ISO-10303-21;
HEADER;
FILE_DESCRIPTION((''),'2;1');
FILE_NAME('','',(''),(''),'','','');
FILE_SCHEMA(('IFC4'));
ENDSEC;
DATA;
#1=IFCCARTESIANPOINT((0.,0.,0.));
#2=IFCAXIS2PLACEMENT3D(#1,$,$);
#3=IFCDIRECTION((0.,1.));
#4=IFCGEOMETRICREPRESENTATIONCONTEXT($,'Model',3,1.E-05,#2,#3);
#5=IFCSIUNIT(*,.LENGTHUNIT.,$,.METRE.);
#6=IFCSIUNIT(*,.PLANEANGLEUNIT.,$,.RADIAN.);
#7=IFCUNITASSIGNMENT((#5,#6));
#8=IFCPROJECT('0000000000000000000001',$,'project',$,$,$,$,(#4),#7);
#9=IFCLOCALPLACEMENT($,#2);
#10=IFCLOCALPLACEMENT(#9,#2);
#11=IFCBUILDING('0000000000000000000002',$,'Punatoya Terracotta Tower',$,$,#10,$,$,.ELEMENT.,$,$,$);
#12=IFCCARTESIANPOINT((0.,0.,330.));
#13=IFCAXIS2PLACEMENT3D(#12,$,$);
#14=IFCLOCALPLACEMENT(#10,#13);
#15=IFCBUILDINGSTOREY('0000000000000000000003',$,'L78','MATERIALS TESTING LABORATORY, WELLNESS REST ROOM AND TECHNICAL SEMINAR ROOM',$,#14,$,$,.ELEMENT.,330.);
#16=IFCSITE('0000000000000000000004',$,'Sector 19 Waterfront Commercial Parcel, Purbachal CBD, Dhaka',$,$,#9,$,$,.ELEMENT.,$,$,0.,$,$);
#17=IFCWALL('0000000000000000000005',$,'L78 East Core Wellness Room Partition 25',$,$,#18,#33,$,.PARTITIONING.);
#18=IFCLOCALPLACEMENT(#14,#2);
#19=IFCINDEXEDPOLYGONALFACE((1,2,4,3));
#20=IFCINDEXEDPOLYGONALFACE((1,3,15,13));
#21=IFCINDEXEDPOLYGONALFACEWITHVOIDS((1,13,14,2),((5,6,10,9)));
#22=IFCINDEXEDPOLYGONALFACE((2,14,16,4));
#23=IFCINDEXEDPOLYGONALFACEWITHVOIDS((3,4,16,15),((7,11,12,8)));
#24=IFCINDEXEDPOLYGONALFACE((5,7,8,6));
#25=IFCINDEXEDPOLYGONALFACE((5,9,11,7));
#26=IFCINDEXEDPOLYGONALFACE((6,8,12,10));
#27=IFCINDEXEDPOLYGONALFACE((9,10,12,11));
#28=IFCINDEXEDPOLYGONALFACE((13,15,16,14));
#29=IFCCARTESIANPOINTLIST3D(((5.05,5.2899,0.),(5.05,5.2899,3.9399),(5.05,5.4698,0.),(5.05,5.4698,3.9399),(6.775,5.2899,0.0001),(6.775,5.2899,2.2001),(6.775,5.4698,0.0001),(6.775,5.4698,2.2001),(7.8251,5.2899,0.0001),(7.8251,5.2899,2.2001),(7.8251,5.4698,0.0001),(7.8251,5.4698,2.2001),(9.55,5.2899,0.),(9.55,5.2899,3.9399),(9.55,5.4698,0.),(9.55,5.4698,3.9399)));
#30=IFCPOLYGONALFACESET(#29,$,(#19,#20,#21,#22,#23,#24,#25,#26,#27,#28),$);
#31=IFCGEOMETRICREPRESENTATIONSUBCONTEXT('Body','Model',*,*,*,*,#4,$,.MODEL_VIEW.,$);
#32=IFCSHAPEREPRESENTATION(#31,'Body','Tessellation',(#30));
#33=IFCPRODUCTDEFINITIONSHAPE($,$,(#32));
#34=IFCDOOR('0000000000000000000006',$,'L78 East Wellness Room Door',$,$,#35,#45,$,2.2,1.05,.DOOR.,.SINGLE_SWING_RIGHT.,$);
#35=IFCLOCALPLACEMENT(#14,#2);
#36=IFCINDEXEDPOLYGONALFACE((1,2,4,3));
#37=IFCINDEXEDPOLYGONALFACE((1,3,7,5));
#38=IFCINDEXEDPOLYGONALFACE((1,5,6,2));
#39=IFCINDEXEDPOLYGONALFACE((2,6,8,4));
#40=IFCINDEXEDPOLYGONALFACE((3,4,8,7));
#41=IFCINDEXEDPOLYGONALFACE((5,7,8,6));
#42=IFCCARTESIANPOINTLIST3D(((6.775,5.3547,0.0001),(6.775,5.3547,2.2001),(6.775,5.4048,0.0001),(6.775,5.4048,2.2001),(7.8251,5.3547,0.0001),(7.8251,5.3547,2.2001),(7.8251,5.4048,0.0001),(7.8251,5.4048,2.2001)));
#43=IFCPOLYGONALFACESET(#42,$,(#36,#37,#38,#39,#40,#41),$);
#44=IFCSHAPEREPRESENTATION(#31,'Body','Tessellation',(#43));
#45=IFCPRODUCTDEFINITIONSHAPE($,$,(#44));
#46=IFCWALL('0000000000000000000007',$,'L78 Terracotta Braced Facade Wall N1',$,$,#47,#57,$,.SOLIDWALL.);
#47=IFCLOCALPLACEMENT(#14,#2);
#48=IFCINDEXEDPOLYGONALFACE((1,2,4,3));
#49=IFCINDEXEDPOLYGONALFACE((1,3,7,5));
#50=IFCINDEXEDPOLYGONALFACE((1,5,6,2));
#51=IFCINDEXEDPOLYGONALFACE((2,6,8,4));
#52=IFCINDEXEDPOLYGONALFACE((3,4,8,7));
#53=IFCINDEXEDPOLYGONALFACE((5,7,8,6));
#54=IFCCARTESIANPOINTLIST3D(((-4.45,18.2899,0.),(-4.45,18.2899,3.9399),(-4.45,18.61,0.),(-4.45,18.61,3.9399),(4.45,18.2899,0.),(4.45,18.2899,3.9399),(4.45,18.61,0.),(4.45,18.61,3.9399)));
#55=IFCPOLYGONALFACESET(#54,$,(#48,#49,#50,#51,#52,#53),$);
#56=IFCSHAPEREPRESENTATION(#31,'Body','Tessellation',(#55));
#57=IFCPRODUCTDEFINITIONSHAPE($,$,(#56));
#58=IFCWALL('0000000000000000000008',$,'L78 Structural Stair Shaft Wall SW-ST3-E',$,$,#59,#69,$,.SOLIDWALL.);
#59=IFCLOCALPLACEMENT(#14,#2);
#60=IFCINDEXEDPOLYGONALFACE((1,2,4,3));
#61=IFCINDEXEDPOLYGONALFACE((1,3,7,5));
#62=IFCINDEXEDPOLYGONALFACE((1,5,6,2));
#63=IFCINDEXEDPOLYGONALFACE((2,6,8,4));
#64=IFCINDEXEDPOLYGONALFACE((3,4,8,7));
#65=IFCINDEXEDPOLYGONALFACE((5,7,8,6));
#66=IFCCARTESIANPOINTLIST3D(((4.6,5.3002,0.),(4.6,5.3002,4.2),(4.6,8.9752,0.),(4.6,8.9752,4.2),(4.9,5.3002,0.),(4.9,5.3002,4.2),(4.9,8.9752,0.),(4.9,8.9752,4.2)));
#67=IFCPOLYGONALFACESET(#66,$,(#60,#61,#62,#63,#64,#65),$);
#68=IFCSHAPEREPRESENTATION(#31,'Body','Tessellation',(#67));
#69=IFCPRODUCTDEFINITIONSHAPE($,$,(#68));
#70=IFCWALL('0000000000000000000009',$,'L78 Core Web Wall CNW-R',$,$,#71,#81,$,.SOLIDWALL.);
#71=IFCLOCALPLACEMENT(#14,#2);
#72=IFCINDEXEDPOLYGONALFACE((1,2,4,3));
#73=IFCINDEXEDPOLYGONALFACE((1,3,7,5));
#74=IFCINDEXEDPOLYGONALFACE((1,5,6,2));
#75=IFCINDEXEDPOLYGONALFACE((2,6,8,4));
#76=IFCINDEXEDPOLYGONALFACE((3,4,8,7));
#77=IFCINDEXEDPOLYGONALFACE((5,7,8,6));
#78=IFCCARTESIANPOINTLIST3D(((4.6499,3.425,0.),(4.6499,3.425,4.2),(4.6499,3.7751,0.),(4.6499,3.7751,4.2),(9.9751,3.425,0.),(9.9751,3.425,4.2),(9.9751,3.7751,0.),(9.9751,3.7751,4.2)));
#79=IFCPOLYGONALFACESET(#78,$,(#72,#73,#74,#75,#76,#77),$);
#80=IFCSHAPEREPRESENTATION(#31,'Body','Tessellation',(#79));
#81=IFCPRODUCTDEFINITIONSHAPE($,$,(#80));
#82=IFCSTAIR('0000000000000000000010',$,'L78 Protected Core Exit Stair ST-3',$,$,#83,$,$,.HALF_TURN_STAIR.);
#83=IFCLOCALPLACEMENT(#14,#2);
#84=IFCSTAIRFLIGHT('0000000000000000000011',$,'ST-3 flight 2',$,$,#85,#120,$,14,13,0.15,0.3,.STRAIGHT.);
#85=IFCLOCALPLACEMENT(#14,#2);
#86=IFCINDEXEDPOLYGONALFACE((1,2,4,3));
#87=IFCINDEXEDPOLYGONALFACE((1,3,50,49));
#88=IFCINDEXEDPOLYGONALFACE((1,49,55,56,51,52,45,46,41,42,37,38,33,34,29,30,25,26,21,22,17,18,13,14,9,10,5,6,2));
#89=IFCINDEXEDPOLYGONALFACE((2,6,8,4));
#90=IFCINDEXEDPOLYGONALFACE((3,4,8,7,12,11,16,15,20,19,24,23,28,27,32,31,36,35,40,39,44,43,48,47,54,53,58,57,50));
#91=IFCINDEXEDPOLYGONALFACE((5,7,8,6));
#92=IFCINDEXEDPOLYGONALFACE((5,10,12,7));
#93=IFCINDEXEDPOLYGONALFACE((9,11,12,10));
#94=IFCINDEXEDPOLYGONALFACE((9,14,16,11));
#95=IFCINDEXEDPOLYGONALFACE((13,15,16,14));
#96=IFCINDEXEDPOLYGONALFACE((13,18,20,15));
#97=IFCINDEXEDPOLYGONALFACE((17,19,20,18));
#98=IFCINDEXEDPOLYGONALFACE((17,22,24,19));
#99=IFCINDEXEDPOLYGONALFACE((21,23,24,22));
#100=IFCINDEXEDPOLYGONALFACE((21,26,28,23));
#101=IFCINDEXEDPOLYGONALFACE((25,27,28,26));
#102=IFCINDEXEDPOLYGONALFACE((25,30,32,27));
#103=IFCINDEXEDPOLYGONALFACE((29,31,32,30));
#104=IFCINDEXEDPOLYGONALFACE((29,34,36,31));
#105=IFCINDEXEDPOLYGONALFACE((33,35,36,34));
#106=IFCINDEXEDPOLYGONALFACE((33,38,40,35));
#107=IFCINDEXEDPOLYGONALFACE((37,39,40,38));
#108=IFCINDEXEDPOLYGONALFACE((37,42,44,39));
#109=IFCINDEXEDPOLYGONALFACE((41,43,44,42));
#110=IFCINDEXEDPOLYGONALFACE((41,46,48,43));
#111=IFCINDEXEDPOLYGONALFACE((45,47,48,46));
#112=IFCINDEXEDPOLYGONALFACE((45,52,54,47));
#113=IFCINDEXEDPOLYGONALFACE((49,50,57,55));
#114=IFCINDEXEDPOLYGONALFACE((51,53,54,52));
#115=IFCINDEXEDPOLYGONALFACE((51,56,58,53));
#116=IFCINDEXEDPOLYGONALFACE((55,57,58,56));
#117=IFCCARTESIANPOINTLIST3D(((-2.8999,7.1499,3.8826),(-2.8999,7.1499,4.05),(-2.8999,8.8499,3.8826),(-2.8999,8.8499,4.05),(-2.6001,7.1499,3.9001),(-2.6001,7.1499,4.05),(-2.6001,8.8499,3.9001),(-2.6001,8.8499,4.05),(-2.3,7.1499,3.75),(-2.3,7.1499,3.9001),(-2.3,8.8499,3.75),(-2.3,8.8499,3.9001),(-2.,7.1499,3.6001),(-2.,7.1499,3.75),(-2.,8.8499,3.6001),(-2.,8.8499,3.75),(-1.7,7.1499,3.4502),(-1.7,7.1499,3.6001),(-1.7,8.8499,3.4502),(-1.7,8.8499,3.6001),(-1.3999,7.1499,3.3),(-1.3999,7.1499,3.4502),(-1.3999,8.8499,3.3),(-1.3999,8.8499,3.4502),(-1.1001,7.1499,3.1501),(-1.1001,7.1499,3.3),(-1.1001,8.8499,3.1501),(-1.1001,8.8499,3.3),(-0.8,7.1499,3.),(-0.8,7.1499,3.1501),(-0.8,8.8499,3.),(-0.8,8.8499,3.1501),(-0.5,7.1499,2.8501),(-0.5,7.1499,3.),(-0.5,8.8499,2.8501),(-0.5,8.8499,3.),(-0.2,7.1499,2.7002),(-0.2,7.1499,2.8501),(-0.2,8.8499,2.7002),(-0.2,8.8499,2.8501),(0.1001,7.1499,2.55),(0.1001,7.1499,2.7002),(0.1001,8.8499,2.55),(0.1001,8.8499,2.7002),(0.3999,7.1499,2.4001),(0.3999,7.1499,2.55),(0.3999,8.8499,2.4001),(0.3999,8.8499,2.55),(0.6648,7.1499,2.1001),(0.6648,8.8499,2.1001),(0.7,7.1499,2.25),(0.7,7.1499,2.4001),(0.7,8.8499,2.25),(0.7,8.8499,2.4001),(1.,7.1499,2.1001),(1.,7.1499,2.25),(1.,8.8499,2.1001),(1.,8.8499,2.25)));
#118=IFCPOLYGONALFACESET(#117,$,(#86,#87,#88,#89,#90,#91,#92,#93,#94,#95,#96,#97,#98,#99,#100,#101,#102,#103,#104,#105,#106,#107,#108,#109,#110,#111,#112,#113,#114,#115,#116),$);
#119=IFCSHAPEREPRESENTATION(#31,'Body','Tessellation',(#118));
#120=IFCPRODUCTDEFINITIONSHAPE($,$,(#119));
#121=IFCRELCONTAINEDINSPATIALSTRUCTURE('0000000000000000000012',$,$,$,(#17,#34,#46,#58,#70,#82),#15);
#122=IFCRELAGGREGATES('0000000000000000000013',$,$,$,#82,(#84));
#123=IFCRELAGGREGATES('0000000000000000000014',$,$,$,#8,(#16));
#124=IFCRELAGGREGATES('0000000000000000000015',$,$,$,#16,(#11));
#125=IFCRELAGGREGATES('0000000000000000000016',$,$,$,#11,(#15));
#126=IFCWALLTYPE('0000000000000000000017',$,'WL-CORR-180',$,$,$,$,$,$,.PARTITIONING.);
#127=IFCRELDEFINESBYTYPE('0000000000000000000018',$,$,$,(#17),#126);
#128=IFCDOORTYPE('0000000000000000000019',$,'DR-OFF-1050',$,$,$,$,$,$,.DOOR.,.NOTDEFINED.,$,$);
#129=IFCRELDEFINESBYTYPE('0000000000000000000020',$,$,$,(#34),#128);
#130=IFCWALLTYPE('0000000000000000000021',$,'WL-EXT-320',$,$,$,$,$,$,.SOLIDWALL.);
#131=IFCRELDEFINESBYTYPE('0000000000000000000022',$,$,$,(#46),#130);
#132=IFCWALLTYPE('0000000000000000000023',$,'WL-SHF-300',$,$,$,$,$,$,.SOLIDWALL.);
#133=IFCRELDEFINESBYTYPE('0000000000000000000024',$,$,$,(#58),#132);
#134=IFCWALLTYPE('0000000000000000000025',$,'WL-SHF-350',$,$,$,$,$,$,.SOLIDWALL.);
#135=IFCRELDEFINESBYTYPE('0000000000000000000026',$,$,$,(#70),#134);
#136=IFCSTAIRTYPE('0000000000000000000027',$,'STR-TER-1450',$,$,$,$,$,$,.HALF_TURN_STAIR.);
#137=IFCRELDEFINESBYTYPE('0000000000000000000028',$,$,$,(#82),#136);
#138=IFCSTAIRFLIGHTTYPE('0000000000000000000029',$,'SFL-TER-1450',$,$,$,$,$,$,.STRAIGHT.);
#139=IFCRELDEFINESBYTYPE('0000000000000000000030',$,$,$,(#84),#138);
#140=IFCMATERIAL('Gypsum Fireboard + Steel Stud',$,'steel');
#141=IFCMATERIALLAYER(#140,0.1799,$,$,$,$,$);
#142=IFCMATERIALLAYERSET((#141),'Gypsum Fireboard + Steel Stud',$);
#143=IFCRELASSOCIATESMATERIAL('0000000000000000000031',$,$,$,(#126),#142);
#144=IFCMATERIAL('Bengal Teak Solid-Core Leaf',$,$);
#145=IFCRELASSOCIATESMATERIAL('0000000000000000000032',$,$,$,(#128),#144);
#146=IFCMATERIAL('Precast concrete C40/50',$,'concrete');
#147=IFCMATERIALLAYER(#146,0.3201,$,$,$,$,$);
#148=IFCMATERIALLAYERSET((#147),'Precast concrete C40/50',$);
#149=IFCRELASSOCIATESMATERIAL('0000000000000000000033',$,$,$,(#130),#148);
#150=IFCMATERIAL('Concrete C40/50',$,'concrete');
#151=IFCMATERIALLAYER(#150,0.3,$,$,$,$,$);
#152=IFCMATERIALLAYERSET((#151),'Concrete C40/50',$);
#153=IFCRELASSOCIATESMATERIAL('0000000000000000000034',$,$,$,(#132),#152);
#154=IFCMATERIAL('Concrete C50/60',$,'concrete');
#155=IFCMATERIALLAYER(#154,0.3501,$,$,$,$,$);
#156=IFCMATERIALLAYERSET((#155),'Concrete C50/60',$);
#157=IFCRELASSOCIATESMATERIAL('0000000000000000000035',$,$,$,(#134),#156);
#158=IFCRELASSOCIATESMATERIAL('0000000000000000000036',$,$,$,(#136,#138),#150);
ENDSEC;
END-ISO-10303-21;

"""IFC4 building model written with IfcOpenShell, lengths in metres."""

from ifc_helpers import new_model, si_unit, direction, frame, frame_2d, origin, place, context, subcontext, project, spatial, polyline, rectangle, outline, extrude, material, layer, layer_set, type_object, element, fill, aggregate, save


model = new_model("IFC4")

# Units and contexts
model_context = context("Model", 3, precision=1e-05, world=origin(), true_north=direction((0.0, 1.0)))
body_context = subcontext(model_context, "Body", "Model", "MODEL_VIEW")
ifc_project = project(units=[si_unit("LENGTHUNIT", "METRE"), si_unit("PLANEANGLEUNIT", "RADIAN")], contexts=[model_context])

# Site, building, storey
site_placement = place(None, origin())
site = spatial("IfcSite", under=ifc_project, at=site_placement, Name="Sector 19 Waterfront Commercial Parcel, Purbachal CBD, Dhaka", CompositionType="ELEMENT", RefElevation=0.0)
building_placement = place(site_placement, origin())
building = spatial("IfcBuilding", under=site, at=building_placement, Name="Punatoya Terracotta Tower", CompositionType="ELEMENT")
storey_placement = place(building_placement, frame((0.0, 0.0, 330.0)))
storey = spatial("IfcBuildingStorey", under=building, at=storey_placement, Name="L78", Description="MATERIALS TESTING LABORATORY, WELLNESS REST ROOM AND TECHNICAL SEMINAR ROOM", CompositionType="ELEMENT", Elevation=330.0)

# Wall, opening, door
ifc_material_1 = material(Name="Gypsum Fireboard + Steel Stud", Category="steel")
ifc_layer_1 = layer(ifc_material_1, 0.1799)
ifc_layer_set_1 = layer_set([ifc_layer_1], Name="Gypsum Fireboard + Steel Stud")
wall_type_1 = type_object("IfcWallType", Name="WL-CORR-180", PredefinedType="PARTITIONING", material=ifc_layer_set_1)
wall_1_placement = place(storey_placement, frame((5.05, 5.3799, 0.0), z_axis=(0.0, 0.0, 1.0), x_axis=(1.0, 0.0, 0.0)))
wall_1 = element("IfcWall", 1, at=wall_1_placement, inside=storey, type_object=wall_type_1, Name="L78 East Core Wellness Room Partition 25", PredefinedType="PARTITIONING", context=body_context, shape_type="SweptSolid", body=[
    extrude(rectangle(XDim=4.5, YDim=0.1799, at=frame_2d((2.25, 0.0))), origin(), (0.0, 0.0, 1.0), 3.9399),
])
opening_placement = place(wall_1_placement, frame((1.7251, 0.0, 0.0)))
opening = element("IfcOpeningElement", 2, at=opening_placement, cuts=wall_1, PredefinedType="OPENING", context=body_context, shape_type="SweptSolid", body=[
    extrude(rectangle(XDim=1.05, YDim=2.2, at=frame_2d((0.5249, 1.1001))), frame((0.0, 0.0999, 0.0), z_axis=(0.0, -1.0, 0.0), x_axis=(1.0, 0.0, 0.0)), (0.0, 0.0, 1.0), 0.2),
])
ifc_material_2 = material(Name="Bengal Teak Solid-Core Leaf")
door_type = type_object("IfcDoorType", Name="DR-OFF-1050", OperationType="NOTDEFINED", PredefinedType="DOOR", material=ifc_material_2)
door_placement = place(opening_placement, origin())
door = element("IfcDoor", 3, at=door_placement, inside=storey, type_object=door_type, Name="L78 East Wellness Room Door", OperationType="SINGLE_SWING_RIGHT", OverallHeight=2.2, OverallWidth=1.05, PredefinedType="DOOR", context=body_context, shape_type="SweptSolid", body=[
    extrude(rectangle(XDim=1.05, YDim=2.2, at=frame_2d((0.5249, 1.1001))), frame((0.0, 0.0249, 0.0), z_axis=(0.0, -1.0, 0.0), x_axis=(1.0, 0.0, 0.0)), (0.0, 0.0, 1.0), 0.05),
])
fill(opening, door)

# Walls
ifc_material_3 = material(Name="Precast concrete C40/50", Category="concrete")
ifc_layer_2 = layer(ifc_material_3, 0.3201)
ifc_layer_set_2 = layer_set([ifc_layer_2], Name="Precast concrete C40/50")
wall_type_2 = type_object("IfcWallType", Name="WL-EXT-320", PredefinedType="SOLIDWALL", material=ifc_layer_set_2)
wall_2_placement = place(storey_placement, frame((4.45, 18.45, 0.0), z_axis=(0.0, 0.0, 1.0), x_axis=(-1.0, 0.0, 0.0)))
element("IfcWall", 4, at=wall_2_placement, inside=storey, type_object=wall_type_2, Name="L78 Terracotta Braced Facade Wall N1", PredefinedType="SOLIDWALL", context=body_context, shape_type="SweptSolid", body=[
    extrude(rectangle(XDim=8.8999, YDim=0.3201, at=frame_2d((4.45, 0.0))), origin(), (0.0, 0.0, 1.0), 3.9399),
])
ifc_material_4 = material(Name="Concrete C40/50", Category="concrete")
ifc_layer_3 = layer(ifc_material_4, 0.3)
ifc_layer_set_3 = layer_set([ifc_layer_3], Name="Concrete C40/50")
wall_type_3 = type_object("IfcWallType", Name="WL-SHF-300", PredefinedType="SOLIDWALL", material=ifc_layer_set_3)
wall_3_placement = place(storey_placement, frame((4.75, 8.9751, 0.0), z_axis=(0.0, 0.0, 1.0), x_axis=(0.0, -1.0, 0.0)))
element("IfcWall", 5, at=wall_3_placement, inside=storey, type_object=wall_type_3, Name="L78 Structural Stair Shaft Wall SW-ST3-E", PredefinedType="SOLIDWALL", context=body_context, shape_type="SweptSolid", body=[
    extrude(rectangle(XDim=3.675, YDim=0.3, at=frame_2d((1.8374, 0.0))), origin(), (0.0, 0.0, 1.0), 4.2),
])
ifc_material_5 = material(Name="Concrete C50/60", Category="concrete")
ifc_layer_4 = layer(ifc_material_5, 0.3501)
ifc_layer_set_4 = layer_set([ifc_layer_4], Name="Concrete C50/60")
wall_type_4 = type_object("IfcWallType", Name="WL-SHF-350", PredefinedType="SOLIDWALL", material=ifc_layer_set_4)
wall_4_placement = place(storey_placement, frame((4.6499, 3.6001, 0.0), z_axis=(0.0, 0.0, 1.0), x_axis=(1.0, 0.0, 0.0)))
element("IfcWall", 6, at=wall_4_placement, inside=storey, type_object=wall_type_4, Name="L78 Core Web Wall CNW-R", PredefinedType="SOLIDWALL", context=body_context, shape_type="SweptSolid", body=[
    extrude(rectangle(XDim=5.3252, YDim=0.3501, at=frame_2d((2.6626, 0.0))), origin(), (0.0, 0.0, 1.0), 4.2),
])

# Stair, stair flight
stair_type = type_object("IfcStairType", Name="STR-TER-1450", PredefinedType="HALF_TURN_STAIR", material=ifc_material_4)
stair_placement = place(storey_placement, origin())
stair = element("IfcStair", 7, at=stair_placement, inside=storey, type_object=stair_type, Name="L78 Protected Core Exit Stair ST-3", PredefinedType="HALF_TURN_STAIR")
stair_flight_type = type_object("IfcStairFlightType", Name="SFL-TER-1450", PredefinedType="STRAIGHT", material=ifc_material_4)
stair_flight_placement = place(storey_placement, frame((1.0, 8.0, 2.1001), z_axis=(0.0, 0.0, 1.0), x_axis=(-1.0, 0.0, 0.0)))
stair_flight = element("IfcStairFlight", 8, at=stair_flight_placement, type_object=stair_flight_type, Name="ST-3 flight 2", NumberOfRisers=14, NumberOfTreads=13, PredefinedType="STRAIGHT", RiserHeight=0.15, TreadLength=0.3, context=body_context, shape_type="SweptSolid", body=[
    extrude(outline(polyline([(0.0, 0.0), (0.0, 0.1499), (0.3, 0.1499), (0.3, 0.3), (0.6001, 0.3), (0.6001, 0.45), (0.8999, 0.45), (0.8999, 0.6001), (1.2, 0.6001), (1.2, 0.75), (1.5, 0.75), (1.5, 0.8999), (1.8, 0.8999), (1.8, 1.05), (2.1001, 1.05), (2.1001, 1.2), (2.3999, 1.2), (2.3999, 1.3501), (2.7, 1.3501), (2.7, 1.5), (3.0, 1.5), (3.0, 1.6499), (3.3, 1.6499), (3.3, 1.8), (3.6001, 1.8), (3.6001, 1.95), (3.8999, 1.95), (3.8999, 2.1001), (3.8999, 1.7825), (0.3352, 0.0), (0.0, 0.0)])), frame((0.0, 0.8501, 0.0), z_axis=(0.0, -1.0, 0.0), x_axis=(1.0, 0.0, 0.0)), (0.0, 0.0, 1.0), 1.7),
])
aggregate(stair, [stair_flight])

save(model, "model.ifc")
